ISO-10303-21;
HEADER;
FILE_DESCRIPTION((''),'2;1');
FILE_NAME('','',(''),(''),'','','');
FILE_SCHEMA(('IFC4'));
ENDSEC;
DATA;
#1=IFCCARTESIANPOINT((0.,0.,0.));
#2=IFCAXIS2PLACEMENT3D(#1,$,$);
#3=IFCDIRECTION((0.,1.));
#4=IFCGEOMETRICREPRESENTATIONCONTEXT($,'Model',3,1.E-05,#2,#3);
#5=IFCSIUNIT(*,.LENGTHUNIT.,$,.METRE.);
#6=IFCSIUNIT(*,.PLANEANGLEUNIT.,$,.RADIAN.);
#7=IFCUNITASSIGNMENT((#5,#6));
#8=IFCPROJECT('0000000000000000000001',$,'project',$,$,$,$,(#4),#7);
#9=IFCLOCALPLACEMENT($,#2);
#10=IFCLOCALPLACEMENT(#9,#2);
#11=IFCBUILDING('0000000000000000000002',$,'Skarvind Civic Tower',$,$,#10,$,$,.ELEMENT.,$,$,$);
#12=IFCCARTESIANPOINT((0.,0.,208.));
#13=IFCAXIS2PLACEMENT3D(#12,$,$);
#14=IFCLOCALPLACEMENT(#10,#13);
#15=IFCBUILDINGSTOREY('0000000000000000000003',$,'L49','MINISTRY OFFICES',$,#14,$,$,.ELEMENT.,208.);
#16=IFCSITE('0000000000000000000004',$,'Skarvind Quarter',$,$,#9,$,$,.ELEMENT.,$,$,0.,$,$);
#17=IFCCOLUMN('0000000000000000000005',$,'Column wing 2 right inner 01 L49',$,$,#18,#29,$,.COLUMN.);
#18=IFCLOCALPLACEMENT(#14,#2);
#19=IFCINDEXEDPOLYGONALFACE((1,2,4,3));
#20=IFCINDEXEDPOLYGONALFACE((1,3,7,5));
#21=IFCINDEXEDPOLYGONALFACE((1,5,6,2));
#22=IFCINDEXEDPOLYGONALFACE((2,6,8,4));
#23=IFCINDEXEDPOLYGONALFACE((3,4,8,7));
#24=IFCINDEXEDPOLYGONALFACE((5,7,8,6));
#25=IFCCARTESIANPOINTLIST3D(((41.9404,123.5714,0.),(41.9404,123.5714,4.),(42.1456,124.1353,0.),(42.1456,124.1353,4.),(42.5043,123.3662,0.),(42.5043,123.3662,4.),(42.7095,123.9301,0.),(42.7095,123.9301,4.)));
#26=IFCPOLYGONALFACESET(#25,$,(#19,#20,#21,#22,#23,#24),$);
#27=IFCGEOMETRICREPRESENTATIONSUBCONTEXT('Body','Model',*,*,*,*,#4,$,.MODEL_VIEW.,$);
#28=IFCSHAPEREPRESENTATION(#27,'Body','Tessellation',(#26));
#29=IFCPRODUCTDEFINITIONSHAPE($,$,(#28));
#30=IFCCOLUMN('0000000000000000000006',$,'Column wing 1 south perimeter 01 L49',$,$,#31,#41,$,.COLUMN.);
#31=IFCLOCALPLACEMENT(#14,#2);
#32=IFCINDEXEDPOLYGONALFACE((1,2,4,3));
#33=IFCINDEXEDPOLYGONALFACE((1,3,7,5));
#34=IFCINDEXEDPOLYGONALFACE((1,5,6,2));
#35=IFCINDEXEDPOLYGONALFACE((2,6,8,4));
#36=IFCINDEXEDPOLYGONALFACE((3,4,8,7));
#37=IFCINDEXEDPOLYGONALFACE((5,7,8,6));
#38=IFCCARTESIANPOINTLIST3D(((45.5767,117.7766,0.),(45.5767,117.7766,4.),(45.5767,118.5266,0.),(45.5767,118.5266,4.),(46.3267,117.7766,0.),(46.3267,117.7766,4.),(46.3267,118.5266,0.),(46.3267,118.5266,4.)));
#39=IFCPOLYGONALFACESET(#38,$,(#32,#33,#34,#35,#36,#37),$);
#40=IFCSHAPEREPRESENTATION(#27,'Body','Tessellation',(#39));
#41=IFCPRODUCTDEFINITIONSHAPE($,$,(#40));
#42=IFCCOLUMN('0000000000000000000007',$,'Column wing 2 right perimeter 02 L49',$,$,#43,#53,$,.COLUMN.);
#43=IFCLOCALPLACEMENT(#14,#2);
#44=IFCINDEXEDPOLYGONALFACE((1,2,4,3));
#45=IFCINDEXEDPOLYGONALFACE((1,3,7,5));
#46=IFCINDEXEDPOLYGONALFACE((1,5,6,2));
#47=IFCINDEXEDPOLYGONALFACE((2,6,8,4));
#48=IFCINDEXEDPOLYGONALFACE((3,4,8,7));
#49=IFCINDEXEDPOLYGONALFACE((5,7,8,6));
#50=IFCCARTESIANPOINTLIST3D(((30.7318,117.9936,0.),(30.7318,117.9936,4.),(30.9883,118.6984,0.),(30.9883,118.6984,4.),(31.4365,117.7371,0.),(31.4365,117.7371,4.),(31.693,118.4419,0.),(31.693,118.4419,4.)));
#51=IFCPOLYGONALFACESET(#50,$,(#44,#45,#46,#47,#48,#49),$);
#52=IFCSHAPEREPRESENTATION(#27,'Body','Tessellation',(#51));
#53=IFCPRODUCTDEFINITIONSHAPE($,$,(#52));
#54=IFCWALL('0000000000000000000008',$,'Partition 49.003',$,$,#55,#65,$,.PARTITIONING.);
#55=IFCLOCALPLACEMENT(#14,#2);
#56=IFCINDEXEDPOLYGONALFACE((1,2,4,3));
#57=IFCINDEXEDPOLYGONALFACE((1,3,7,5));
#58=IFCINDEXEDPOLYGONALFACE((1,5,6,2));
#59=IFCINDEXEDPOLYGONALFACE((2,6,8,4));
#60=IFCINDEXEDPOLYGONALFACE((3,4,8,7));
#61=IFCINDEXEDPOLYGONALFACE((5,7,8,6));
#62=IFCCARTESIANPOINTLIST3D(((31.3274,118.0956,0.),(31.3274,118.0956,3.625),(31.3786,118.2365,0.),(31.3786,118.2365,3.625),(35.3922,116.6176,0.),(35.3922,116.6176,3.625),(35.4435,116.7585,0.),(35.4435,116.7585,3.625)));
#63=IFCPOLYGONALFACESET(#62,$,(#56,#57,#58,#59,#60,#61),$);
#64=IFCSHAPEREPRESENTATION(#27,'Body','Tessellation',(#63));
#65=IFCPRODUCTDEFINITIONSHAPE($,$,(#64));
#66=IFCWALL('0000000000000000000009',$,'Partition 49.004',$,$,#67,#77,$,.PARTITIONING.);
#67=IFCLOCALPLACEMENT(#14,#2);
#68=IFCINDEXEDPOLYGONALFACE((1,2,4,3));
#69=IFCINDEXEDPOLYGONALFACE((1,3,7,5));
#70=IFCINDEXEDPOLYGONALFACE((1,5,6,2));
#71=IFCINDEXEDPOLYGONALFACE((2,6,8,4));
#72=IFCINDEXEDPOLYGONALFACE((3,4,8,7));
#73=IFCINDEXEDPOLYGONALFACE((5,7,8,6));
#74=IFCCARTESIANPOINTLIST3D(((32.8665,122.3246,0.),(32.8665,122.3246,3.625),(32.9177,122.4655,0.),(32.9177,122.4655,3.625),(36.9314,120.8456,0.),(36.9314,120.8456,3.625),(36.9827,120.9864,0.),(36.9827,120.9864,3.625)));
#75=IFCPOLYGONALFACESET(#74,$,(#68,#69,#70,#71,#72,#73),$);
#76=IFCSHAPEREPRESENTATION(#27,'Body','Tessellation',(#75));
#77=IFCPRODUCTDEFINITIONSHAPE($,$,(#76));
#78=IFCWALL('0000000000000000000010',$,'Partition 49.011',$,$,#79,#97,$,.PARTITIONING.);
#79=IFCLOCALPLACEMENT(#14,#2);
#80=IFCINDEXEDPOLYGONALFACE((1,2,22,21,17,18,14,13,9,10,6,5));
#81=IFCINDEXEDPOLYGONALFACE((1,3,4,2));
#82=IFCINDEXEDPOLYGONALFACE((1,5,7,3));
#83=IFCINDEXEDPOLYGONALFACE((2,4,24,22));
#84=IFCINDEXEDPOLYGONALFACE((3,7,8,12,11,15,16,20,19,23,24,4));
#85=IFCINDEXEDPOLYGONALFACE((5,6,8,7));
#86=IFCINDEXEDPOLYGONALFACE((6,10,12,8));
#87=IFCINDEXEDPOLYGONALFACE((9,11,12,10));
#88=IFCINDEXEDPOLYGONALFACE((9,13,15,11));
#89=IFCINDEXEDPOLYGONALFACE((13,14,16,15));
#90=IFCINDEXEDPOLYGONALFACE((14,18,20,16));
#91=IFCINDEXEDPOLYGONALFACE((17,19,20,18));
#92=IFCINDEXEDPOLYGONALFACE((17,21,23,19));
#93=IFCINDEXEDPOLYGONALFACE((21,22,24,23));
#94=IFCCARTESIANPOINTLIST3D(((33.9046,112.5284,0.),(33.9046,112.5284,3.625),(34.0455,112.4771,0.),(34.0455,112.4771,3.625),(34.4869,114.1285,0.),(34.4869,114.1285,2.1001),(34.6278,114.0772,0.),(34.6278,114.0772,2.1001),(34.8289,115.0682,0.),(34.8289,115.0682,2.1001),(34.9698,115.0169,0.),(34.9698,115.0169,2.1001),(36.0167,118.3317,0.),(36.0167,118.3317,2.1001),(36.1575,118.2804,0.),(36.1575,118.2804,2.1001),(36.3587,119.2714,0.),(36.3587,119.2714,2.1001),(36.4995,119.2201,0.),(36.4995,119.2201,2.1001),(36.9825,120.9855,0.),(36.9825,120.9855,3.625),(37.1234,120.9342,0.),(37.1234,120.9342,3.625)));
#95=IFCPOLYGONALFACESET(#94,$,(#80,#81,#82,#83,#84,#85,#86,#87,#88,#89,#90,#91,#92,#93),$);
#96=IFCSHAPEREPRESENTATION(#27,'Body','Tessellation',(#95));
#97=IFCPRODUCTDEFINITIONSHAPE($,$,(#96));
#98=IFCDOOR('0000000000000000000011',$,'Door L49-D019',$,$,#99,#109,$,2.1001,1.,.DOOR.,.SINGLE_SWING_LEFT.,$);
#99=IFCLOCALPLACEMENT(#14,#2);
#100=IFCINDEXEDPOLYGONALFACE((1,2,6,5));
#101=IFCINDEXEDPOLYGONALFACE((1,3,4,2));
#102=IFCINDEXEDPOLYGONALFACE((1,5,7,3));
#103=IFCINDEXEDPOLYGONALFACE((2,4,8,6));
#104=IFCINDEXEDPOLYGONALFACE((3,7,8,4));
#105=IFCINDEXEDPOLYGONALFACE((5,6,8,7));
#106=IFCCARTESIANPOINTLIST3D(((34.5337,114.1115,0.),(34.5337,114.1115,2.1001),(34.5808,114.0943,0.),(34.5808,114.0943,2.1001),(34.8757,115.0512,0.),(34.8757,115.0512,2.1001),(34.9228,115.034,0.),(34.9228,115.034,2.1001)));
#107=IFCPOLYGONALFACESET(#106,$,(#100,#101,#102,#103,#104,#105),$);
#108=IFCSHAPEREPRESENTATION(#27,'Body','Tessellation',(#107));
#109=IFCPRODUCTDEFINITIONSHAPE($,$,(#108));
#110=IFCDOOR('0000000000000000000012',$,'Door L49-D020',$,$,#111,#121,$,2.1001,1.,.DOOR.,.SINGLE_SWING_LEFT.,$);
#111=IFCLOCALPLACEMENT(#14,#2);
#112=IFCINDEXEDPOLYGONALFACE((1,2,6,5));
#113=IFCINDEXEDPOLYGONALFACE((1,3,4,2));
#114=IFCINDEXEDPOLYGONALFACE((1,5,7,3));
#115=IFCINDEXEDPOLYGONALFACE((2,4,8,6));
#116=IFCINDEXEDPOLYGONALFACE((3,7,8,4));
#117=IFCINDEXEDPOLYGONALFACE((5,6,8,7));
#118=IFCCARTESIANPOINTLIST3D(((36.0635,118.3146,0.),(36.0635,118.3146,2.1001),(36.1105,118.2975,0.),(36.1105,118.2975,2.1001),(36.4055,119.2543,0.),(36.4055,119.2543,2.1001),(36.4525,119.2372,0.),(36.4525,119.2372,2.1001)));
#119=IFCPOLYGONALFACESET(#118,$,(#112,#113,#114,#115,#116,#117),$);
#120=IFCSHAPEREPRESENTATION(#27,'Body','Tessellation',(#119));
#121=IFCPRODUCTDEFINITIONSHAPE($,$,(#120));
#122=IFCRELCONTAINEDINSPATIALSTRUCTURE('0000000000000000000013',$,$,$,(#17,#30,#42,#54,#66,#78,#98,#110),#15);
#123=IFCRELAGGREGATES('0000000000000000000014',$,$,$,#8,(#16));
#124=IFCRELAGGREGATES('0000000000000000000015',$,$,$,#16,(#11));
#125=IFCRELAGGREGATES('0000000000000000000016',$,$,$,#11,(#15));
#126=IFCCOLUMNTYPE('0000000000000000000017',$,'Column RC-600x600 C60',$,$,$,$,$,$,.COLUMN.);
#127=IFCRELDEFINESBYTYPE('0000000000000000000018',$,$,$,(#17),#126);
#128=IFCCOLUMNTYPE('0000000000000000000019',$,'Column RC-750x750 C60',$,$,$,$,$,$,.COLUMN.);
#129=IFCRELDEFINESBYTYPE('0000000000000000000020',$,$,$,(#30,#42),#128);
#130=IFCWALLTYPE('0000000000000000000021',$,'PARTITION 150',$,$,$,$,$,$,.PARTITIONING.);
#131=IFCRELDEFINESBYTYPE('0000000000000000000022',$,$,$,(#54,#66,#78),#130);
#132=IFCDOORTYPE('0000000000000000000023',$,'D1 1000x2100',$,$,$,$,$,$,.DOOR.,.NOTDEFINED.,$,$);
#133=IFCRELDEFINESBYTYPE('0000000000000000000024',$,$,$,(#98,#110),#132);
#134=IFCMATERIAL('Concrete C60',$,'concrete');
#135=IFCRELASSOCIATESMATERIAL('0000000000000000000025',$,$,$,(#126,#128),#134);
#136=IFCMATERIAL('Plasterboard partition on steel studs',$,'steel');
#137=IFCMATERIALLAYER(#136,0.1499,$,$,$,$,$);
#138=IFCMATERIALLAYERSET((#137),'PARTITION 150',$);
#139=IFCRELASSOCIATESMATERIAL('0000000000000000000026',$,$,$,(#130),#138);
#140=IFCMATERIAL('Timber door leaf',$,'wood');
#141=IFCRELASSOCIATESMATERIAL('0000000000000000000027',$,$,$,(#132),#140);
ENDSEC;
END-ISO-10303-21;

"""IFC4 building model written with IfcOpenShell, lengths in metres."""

from ifc_helpers import new_model, si_unit, direction, frame, frame_2d, origin, origin_2d, place, context, subcontext, project, spatial, rectangle, extrude, material, layer, layer_set, material_profile, profile_set, type_object, element, fill, save


model = new_model("IFC4")

# Units and contexts
model_context = context("Model", 3, precision=1e-05, world=origin(), true_north=direction((0.0, 1.0)))
body_context = subcontext(model_context, "Body", "Model", "MODEL_VIEW")
ifc_project = project(units=[si_unit("LENGTHUNIT", "METRE"), si_unit("PLANEANGLEUNIT", "RADIAN")], contexts=[model_context])

# Site, building, storey
site_placement = place(None, origin())
site = spatial("IfcSite", under=ifc_project, at=site_placement, Name="Skarvind Quarter", CompositionType="ELEMENT", RefElevation=0.0)
building_placement = place(site_placement, origin())
building = spatial("IfcBuilding", under=site, at=building_placement, Name="Skarvind Civic Tower", CompositionType="ELEMENT")
storey_placement = place(building_placement, frame((0.0, 0.0, 208.0)))
storey = spatial("IfcBuildingStorey", under=building, at=storey_placement, Name="L49", Description="MINISTRY OFFICES", CompositionType="ELEMENT", Elevation=208.0)

# Columns
ifc_material_1 = material(Name="Concrete C60", Category="concrete")
ifc_material_profile_1 = material_profile(ifc_material_1, rectangle(XDim=0.6001, YDim=0.6001, at=origin_2d()), Name="RC-600x600")
ifc_profile_set_1 = profile_set([ifc_material_profile_1], Name="Concrete C60")
column_type_1 = type_object("IfcColumnType", Name="Column RC-600x600 C60", PredefinedType="COLUMN", material=ifc_profile_set_1)
column_placement = place(storey_placement, frame((42.325, 123.7507, 0.0), z_axis=(0.0, 0.0, 1.0), x_axis=(-0.34202, -0.939693, 0.0)))
element("IfcColumn", 1, at=column_placement, inside=storey, type_object=column_type_1, Name="Column wing 2 right inner 01 L49", PredefinedType="COLUMN", context=body_context, shape_type="SweptSolid", body=[
    extrude(rectangle(XDim=0.6001, YDim=0.6001, at=origin_2d()), origin(), (0.0, 0.0, 1.0), 4.0),
])
ifc_material_profile_2 = material_profile(ifc_material_1, rectangle(XDim=0.75, YDim=0.75, at=origin_2d()), Name="RC-750x750")
ifc_profile_set_2 = profile_set([ifc_material_profile_2], Name="Concrete C60")
column_type_2 = type_object("IfcColumnType", Name="Column RC-750x750 C60", PredefinedType="COLUMN", material=ifc_profile_set_2)
for number, where, z_axis, x_axis, name in (
    (2, (45.9517, 118.1516, 0.0), (0.0, 0.0, 1.0), (1.0, 0.0, 0.0), "Column wing 1 south perimeter 01 L49"),
    (3, (31.2124, 118.2178, 0.0), (0.0, 0.0, 1.0), (-0.34202, -0.939693, 0.0), "Column wing 2 right perimeter 02 L49"),
):
    element("IfcColumn", number, at=place(storey_placement, frame(where, z_axis=z_axis, x_axis=x_axis)), inside=storey, type_object=column_type_2, Name=name, PredefinedType="COLUMN", context=body_context, shape_type="SweptSolid", body=[
        extrude(rectangle(XDim=0.75, YDim=0.75, at=origin_2d()), origin(), (0.0, 0.0, 1.0), 4.0),
    ])

# Walls
ifc_material_2 = material(Name="Plasterboard partition on steel studs", Category="steel")
ifc_layer = layer(ifc_material_2, 0.1499)
ifc_layer_set = layer_set([ifc_layer], Name="PARTITION 150")
wall_type = type_object("IfcWallType", Name="PARTITION 150", PredefinedType="PARTITIONING", material=ifc_layer_set)
wall_1_placement = place(storey_placement, frame((31.353, 118.166, 0.0), z_axis=(0.0, 0.0, 1.0), x_axis=(0.939803, -0.341716, 0.0)))
element("IfcWall", 4, at=wall_1_placement, inside=storey, type_object=wall_type, Name="Partition 49.003", PredefinedType="PARTITIONING", context=body_context, shape_type="SweptSolid", body=[
    extrude(rectangle(XDim=4.3252, YDim=0.1499, at=frame_2d((2.1626, 0.0))), origin(), (0.0, 0.0, 1.0), 3.625),
])
wall_2_placement = place(storey_placement, frame((32.8921, 122.395, 0.0), z_axis=(0.0, 0.0, 1.0), x_axis=(0.939731, -0.341915, 0.0)))
element("IfcWall", 5, at=wall_2_placement, inside=storey, type_object=wall_type, Name="Partition 49.004", PredefinedType="PARTITIONING", context=body_context, shape_type="SweptSolid", body=[
    extrude(rectangle(XDim=4.3257, YDim=0.1499, at=frame_2d((2.1628, 0.0))), origin(), (0.0, 0.0, 1.0), 3.625),
])

# Wall, openings, doors
wall_3_placement = place(storey_placement, frame((37.053, 120.96, 0.0), z_axis=(0.0, 0.0, 1.0), x_axis=(-0.341998, -0.939701, 0.0)))
wall_3 = element("IfcWall", 6, at=wall_3_placement, inside=storey, type_object=wall_type, Name="Partition 49.011", PredefinedType="PARTITIONING", context=body_context, shape_type="SweptSolid", body=[
    extrude(rectangle(XDim=8.9998, YDim=0.1499, at=frame_2d((4.5, 0.0))), origin(), (0.0, 0.0, 1.0), 3.625),
])
opening_1_placement = place(wall_3_placement, frame((6.2971, 0.0, 0.0)))
opening_1 = element("IfcOpeningElement", 7, at=opening_1_placement, cuts=wall_3, PredefinedType="OPENING", context=body_context, shape_type="SweptSolid", body=[
    extrude(rectangle(XDim=1.0, YDim=2.1001, at=frame_2d((0.5, 1.05))), frame((0.0, 0.085, 0.0), z_axis=(0.0, -1.0, 0.0), x_axis=(1.0, 0.0, 0.0)), (0.0, 0.0, 1.0), 0.1699),
])
opening_2_placement = place(wall_3_placement, frame((1.8242, 0.0, 0.0)))
opening_2 = element("IfcOpeningElement", 8, at=opening_2_placement, cuts=wall_3, PredefinedType="OPENING", context=body_context, shape_type="SweptSolid", body=[
    extrude(rectangle(XDim=1.0, YDim=2.1001, at=frame_2d((0.5, 1.05))), frame((0.0, 0.085, 0.0), z_axis=(0.0, -1.0, 0.0), x_axis=(1.0, 0.0, 0.0)), (0.0, 0.0, 1.0), 0.1699),
])
ifc_material_3 = material(Name="Timber door leaf", Category="wood")
door_type = type_object("IfcDoorType", Name="D1 1000x2100", OperationType="NOTDEFINED", PredefinedType="DOOR", material=ifc_material_3)
door_1_placement = place(opening_1_placement, origin())
door_1 = element("IfcDoor", 9, at=door_1_placement, inside=storey, type_object=door_type, Name="Door L49-D019", OperationType="SINGLE_SWING_LEFT", OverallHeight=2.1001, OverallWidth=1.0, PredefinedType="DOOR", context=body_context, shape_type="SweptSolid", body=[
    extrude(rectangle(XDim=1.0, YDim=2.1001, at=frame_2d((0.5, 1.05))), frame((0.0, 0.0249, 0.0), z_axis=(0.0, -1.0, 0.0), x_axis=(1.0, 0.0, 0.0)), (0.0, 0.0, 1.0), 0.05),
])
fill(opening_1, door_1)
door_2_placement = place(opening_2_placement, origin())
door_2 = element("IfcDoor", 10, at=door_2_placement, inside=storey, type_object=door_type, Name="Door L49-D020", OperationType="SINGLE_SWING_LEFT", OverallHeight=2.1001, OverallWidth=1.0, PredefinedType="DOOR", context=body_context, shape_type="SweptSolid", body=[
    extrude(rectangle(XDim=1.0, YDim=2.1001, at=frame_2d((0.5, 1.05))), frame((0.0, 0.0249, 0.0), z_axis=(0.0, -1.0, 0.0), x_axis=(1.0, 0.0, 0.0)), (0.0, 0.0, 1.0), 0.05),
])
fill(opening_2, door_2)

save(model, "model.ifc")
